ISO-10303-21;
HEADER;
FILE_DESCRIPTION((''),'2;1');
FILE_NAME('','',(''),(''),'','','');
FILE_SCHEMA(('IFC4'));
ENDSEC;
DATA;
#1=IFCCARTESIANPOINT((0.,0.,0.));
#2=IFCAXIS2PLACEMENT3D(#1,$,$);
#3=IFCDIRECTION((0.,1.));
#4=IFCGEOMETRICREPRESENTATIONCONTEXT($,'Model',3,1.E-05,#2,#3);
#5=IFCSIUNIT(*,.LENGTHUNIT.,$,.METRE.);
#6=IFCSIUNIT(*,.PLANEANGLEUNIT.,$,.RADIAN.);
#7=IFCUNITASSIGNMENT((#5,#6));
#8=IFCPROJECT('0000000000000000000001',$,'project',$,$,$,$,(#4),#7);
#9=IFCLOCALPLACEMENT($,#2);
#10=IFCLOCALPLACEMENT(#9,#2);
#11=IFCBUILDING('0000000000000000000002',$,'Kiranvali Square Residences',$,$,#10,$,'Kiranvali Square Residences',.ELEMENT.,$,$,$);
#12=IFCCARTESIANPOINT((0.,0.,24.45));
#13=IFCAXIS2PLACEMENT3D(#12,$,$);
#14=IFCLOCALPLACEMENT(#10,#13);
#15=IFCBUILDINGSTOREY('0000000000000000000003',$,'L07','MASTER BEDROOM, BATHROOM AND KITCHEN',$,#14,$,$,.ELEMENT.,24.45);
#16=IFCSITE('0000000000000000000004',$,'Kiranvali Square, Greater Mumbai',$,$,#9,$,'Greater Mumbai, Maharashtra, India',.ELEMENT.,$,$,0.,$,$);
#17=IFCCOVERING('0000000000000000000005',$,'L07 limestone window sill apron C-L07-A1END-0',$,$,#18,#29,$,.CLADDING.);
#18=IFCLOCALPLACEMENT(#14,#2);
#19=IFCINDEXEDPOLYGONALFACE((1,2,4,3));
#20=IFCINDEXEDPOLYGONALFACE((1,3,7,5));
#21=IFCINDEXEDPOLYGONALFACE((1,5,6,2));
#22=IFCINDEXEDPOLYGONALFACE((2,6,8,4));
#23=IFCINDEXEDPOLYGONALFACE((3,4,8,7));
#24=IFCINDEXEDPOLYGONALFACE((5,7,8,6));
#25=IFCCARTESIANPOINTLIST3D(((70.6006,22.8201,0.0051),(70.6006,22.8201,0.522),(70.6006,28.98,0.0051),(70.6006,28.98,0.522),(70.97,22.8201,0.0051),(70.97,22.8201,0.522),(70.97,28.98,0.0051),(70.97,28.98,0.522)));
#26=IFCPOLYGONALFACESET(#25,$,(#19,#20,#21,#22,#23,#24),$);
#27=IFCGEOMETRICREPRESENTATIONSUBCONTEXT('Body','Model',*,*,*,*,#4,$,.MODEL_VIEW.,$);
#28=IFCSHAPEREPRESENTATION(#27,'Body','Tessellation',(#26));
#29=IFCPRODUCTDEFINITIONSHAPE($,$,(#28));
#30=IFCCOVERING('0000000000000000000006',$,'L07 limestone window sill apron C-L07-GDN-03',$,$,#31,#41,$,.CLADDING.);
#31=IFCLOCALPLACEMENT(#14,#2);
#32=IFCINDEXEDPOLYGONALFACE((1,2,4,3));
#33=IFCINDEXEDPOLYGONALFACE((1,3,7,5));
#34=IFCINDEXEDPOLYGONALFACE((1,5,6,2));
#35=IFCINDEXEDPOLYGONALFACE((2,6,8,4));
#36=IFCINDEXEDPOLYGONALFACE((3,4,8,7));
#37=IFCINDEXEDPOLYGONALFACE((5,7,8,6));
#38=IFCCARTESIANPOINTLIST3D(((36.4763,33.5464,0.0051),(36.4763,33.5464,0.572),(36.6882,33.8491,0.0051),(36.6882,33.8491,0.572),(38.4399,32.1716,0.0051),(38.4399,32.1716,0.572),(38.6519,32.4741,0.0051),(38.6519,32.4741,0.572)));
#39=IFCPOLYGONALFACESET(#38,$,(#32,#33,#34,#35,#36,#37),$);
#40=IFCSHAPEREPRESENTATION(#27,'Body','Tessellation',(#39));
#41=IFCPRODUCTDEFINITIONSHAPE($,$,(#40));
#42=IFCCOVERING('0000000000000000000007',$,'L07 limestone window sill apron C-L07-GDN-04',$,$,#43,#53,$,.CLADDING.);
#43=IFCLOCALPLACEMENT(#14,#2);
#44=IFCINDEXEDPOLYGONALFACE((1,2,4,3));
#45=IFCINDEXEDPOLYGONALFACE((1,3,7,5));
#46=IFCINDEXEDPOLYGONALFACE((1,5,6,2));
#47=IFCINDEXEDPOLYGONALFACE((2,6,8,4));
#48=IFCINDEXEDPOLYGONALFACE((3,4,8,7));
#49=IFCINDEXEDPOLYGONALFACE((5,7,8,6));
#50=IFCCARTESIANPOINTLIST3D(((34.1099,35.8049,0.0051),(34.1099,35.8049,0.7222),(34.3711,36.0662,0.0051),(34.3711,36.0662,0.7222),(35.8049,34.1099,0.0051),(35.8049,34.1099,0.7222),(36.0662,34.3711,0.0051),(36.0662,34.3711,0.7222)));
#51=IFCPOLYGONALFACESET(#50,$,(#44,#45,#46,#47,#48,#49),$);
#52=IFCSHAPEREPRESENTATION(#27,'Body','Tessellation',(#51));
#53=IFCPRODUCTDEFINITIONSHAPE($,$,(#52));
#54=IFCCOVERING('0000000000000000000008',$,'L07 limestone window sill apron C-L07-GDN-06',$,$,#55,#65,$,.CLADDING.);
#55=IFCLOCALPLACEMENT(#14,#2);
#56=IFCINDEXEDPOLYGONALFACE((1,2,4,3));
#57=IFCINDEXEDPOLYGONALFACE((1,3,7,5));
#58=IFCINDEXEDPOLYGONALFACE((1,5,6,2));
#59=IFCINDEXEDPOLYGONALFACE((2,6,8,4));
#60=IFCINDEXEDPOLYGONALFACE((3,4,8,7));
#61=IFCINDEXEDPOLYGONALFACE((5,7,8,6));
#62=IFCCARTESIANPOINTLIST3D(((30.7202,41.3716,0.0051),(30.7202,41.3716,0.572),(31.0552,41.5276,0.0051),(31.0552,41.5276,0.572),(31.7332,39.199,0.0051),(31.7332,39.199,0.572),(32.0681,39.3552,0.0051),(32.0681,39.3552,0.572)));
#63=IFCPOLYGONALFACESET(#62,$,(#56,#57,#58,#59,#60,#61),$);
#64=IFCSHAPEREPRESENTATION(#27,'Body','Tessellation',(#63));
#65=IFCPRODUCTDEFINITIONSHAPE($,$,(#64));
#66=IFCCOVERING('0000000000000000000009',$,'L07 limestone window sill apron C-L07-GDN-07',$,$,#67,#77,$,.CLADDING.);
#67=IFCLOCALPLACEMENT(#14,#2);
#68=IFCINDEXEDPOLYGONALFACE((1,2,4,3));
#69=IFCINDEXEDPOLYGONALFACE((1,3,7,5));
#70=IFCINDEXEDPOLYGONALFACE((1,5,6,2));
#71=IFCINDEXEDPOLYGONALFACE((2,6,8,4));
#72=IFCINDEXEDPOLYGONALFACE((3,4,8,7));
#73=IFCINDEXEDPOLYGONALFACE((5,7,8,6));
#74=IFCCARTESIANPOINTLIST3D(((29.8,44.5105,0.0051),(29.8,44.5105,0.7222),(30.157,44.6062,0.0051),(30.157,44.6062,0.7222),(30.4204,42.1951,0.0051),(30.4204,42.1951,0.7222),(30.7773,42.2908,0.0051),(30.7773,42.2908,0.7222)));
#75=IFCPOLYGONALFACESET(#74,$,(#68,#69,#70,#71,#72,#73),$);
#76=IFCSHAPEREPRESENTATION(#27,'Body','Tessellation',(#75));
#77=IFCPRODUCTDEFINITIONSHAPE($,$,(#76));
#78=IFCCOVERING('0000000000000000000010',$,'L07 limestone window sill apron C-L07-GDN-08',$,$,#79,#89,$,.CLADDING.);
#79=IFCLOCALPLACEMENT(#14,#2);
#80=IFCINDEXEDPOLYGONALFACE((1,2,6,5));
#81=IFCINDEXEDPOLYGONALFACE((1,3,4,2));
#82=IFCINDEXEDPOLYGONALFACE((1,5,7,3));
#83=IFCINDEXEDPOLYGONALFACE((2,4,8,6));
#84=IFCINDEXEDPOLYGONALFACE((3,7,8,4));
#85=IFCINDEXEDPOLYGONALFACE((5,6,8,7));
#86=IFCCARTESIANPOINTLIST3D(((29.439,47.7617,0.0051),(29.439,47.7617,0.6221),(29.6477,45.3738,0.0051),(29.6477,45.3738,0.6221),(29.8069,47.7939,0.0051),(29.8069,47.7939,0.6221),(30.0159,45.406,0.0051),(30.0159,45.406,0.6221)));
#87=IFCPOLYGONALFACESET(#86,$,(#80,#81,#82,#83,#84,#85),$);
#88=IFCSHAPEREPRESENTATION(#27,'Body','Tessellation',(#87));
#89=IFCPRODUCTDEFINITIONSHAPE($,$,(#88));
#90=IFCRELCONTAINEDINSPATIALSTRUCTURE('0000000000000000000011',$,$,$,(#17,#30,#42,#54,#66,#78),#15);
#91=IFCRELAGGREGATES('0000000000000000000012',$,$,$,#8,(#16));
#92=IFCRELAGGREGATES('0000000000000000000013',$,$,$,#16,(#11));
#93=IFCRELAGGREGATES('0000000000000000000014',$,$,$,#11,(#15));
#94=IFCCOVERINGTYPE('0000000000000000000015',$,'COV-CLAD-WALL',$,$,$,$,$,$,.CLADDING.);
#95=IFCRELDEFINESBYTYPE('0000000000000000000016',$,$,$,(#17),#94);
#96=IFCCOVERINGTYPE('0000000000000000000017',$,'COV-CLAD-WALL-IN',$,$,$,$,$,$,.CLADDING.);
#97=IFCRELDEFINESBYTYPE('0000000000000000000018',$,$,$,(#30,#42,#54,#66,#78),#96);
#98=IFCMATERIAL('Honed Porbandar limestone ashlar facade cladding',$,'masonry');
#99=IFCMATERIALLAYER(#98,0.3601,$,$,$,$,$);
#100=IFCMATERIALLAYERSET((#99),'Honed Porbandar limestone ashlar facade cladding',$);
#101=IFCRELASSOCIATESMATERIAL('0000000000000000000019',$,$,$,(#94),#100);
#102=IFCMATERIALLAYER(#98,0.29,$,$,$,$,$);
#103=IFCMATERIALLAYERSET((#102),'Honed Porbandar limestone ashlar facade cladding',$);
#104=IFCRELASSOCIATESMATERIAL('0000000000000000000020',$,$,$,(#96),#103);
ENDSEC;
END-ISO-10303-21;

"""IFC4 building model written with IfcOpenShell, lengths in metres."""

from ifc_helpers import new_model, si_unit, direction, frame, origin, place, context, subcontext, project, spatial, polyline, outline, extrude, material, layer, layer_set, type_object, element, save


model = new_model("IFC4")

# Units and contexts
model_context = context("Model", 3, precision=1e-05, world=origin(), true_north=direction((0.0, 1.0)))
body_context = subcontext(model_context, "Body", "Model", "MODEL_VIEW")
ifc_project = project(units=[si_unit("LENGTHUNIT", "METRE"), si_unit("PLANEANGLEUNIT", "RADIAN")], contexts=[model_context])

# Site, building, storey
site_placement = place(None, origin())
site = spatial("IfcSite", under=ifc_project, at=site_placement, Name="Kiranvali Square, Greater Mumbai", LongName="Greater Mumbai, Maharashtra, India", CompositionType="ELEMENT", RefElevation=0.0)
building_placement = place(site_placement, origin())
building = spatial("IfcBuilding", under=site, at=building_placement, Name="Kiranvali Square Residences", LongName="Kiranvali Square Residences", CompositionType="ELEMENT")
storey_placement = place(building_placement, frame((0.0, 0.0, 24.45)))
storey = spatial("IfcBuildingStorey", under=building, at=storey_placement, Name="L07", Description="MASTER BEDROOM, BATHROOM AND KITCHEN", CompositionType="ELEMENT", Elevation=24.45)

# Coverings
ifc_material = material(Name="Honed Porbandar limestone ashlar facade cladding", Category="masonry")
ifc_layer_1 = layer(ifc_material, 0.3601)
ifc_layer_set_1 = layer_set([ifc_layer_1], Name="Honed Porbandar limestone ashlar facade cladding")
covering_type_1 = type_object("IfcCoveringType", Name="COV-CLAD-WALL", PredefinedType="CLADDING", material=ifc_layer_set_1)
covering_1_placement = place(storey_placement, frame((0.0, 0.0, 0.0051)))
element("IfcCovering", 1, at=covering_1_placement, inside=storey, type_object=covering_type_1, Name="L07 limestone window sill apron C-L07-A1END-0", PredefinedType="CLADDING", context=body_context, shape_type="SweptSolid", body=[
    extrude(outline(polyline([(70.6006, 28.98), (70.6006, 22.8201), (70.97, 22.8201), (70.97, 28.98), (70.6006, 28.98)])), origin(), (0.0, 0.0, 1.0), 0.5168),
])
ifc_layer_2 = layer(ifc_material, 0.29)
ifc_layer_set_2 = layer_set([ifc_layer_2], Name="Honed Porbandar limestone ashlar facade cladding")
covering_type_2 = type_object("IfcCoveringType", Name="COV-CLAD-WALL-IN", PredefinedType="CLADDING", material=ifc_layer_set_2)
covering_2_placement = place(storey_placement, frame((0.0, 0.0, 0.0051)))
element("IfcCovering", 2, at=covering_2_placement, inside=storey, type_object=covering_type_2, Name="L07 limestone window sill apron C-L07-GDN-03", PredefinedType="CLADDING", context=body_context, shape_type="SweptSolid", body=[
    extrude(outline(polyline([(38.6519, 32.4741), (36.6882, 33.8491), (36.4763, 33.5464), (38.4399, 32.1716), (38.6519, 32.4741)])), origin(), (0.0, 0.0, 1.0), 0.5669),
])
covering_3_placement = place(storey_placement, frame((0.0, 0.0, 0.0051)))
element("IfcCovering", 3, at=covering_3_placement, inside=storey, type_object=covering_type_2, Name="L07 limestone window sill apron C-L07-GDN-04", PredefinedType="CLADDING", context=body_context, shape_type="SweptSolid", body=[
    extrude(outline(polyline([(36.0662, 34.3711), (34.3711, 36.0662), (34.1099, 35.8049), (35.8049, 34.1099), (36.0662, 34.3711)])), origin(), (0.0, 0.0, 1.0), 0.717),
])
covering_4_placement = place(storey_placement, frame((0.0, 0.0, 0.0051)))
element("IfcCovering", 4, at=covering_4_placement, inside=storey, type_object=covering_type_2, Name="L07 limestone window sill apron C-L07-GDN-06", PredefinedType="CLADDING", context=body_context, shape_type="SweptSolid", body=[
    extrude(outline(polyline([(32.0681, 39.3552), (31.0552, 41.5276), (30.7202, 41.3716), (31.7332, 39.199), (32.0681, 39.3552)])), origin(), (0.0, 0.0, 1.0), 0.5669),
])
covering_5_placement = place(storey_placement, frame((0.0, 0.0, 0.0051)))
element("IfcCovering", 5, at=covering_5_placement, inside=storey, type_object=covering_type_2, Name="L07 limestone window sill apron C-L07-GDN-07", PredefinedType="CLADDING", context=body_context, shape_type="SweptSolid", body=[
    extrude(outline(polyline([(30.7773, 42.2908), (30.157, 44.6062), (29.8, 44.5105), (30.4204, 42.1951), (30.7773, 42.2908)])), origin(), (0.0, 0.0, 1.0), 0.717),
])
covering_6_placement = place(storey_placement, frame((0.0, 0.0, 0.0051)))
element("IfcCovering", 6, at=covering_6_placement, inside=storey, type_object=covering_type_2, Name="L07 limestone window sill apron C-L07-GDN-08", PredefinedType="CLADDING", context=body_context, shape_type="SweptSolid", body=[
    extrude(outline(polyline([(30.0159, 45.406), (29.8069, 47.7939), (29.439, 47.7617), (29.6477, 45.3738), (30.0159, 45.406)])), origin(), (0.0, 0.0, 1.0), 0.6169),
])

save(model, "model.ifc")
